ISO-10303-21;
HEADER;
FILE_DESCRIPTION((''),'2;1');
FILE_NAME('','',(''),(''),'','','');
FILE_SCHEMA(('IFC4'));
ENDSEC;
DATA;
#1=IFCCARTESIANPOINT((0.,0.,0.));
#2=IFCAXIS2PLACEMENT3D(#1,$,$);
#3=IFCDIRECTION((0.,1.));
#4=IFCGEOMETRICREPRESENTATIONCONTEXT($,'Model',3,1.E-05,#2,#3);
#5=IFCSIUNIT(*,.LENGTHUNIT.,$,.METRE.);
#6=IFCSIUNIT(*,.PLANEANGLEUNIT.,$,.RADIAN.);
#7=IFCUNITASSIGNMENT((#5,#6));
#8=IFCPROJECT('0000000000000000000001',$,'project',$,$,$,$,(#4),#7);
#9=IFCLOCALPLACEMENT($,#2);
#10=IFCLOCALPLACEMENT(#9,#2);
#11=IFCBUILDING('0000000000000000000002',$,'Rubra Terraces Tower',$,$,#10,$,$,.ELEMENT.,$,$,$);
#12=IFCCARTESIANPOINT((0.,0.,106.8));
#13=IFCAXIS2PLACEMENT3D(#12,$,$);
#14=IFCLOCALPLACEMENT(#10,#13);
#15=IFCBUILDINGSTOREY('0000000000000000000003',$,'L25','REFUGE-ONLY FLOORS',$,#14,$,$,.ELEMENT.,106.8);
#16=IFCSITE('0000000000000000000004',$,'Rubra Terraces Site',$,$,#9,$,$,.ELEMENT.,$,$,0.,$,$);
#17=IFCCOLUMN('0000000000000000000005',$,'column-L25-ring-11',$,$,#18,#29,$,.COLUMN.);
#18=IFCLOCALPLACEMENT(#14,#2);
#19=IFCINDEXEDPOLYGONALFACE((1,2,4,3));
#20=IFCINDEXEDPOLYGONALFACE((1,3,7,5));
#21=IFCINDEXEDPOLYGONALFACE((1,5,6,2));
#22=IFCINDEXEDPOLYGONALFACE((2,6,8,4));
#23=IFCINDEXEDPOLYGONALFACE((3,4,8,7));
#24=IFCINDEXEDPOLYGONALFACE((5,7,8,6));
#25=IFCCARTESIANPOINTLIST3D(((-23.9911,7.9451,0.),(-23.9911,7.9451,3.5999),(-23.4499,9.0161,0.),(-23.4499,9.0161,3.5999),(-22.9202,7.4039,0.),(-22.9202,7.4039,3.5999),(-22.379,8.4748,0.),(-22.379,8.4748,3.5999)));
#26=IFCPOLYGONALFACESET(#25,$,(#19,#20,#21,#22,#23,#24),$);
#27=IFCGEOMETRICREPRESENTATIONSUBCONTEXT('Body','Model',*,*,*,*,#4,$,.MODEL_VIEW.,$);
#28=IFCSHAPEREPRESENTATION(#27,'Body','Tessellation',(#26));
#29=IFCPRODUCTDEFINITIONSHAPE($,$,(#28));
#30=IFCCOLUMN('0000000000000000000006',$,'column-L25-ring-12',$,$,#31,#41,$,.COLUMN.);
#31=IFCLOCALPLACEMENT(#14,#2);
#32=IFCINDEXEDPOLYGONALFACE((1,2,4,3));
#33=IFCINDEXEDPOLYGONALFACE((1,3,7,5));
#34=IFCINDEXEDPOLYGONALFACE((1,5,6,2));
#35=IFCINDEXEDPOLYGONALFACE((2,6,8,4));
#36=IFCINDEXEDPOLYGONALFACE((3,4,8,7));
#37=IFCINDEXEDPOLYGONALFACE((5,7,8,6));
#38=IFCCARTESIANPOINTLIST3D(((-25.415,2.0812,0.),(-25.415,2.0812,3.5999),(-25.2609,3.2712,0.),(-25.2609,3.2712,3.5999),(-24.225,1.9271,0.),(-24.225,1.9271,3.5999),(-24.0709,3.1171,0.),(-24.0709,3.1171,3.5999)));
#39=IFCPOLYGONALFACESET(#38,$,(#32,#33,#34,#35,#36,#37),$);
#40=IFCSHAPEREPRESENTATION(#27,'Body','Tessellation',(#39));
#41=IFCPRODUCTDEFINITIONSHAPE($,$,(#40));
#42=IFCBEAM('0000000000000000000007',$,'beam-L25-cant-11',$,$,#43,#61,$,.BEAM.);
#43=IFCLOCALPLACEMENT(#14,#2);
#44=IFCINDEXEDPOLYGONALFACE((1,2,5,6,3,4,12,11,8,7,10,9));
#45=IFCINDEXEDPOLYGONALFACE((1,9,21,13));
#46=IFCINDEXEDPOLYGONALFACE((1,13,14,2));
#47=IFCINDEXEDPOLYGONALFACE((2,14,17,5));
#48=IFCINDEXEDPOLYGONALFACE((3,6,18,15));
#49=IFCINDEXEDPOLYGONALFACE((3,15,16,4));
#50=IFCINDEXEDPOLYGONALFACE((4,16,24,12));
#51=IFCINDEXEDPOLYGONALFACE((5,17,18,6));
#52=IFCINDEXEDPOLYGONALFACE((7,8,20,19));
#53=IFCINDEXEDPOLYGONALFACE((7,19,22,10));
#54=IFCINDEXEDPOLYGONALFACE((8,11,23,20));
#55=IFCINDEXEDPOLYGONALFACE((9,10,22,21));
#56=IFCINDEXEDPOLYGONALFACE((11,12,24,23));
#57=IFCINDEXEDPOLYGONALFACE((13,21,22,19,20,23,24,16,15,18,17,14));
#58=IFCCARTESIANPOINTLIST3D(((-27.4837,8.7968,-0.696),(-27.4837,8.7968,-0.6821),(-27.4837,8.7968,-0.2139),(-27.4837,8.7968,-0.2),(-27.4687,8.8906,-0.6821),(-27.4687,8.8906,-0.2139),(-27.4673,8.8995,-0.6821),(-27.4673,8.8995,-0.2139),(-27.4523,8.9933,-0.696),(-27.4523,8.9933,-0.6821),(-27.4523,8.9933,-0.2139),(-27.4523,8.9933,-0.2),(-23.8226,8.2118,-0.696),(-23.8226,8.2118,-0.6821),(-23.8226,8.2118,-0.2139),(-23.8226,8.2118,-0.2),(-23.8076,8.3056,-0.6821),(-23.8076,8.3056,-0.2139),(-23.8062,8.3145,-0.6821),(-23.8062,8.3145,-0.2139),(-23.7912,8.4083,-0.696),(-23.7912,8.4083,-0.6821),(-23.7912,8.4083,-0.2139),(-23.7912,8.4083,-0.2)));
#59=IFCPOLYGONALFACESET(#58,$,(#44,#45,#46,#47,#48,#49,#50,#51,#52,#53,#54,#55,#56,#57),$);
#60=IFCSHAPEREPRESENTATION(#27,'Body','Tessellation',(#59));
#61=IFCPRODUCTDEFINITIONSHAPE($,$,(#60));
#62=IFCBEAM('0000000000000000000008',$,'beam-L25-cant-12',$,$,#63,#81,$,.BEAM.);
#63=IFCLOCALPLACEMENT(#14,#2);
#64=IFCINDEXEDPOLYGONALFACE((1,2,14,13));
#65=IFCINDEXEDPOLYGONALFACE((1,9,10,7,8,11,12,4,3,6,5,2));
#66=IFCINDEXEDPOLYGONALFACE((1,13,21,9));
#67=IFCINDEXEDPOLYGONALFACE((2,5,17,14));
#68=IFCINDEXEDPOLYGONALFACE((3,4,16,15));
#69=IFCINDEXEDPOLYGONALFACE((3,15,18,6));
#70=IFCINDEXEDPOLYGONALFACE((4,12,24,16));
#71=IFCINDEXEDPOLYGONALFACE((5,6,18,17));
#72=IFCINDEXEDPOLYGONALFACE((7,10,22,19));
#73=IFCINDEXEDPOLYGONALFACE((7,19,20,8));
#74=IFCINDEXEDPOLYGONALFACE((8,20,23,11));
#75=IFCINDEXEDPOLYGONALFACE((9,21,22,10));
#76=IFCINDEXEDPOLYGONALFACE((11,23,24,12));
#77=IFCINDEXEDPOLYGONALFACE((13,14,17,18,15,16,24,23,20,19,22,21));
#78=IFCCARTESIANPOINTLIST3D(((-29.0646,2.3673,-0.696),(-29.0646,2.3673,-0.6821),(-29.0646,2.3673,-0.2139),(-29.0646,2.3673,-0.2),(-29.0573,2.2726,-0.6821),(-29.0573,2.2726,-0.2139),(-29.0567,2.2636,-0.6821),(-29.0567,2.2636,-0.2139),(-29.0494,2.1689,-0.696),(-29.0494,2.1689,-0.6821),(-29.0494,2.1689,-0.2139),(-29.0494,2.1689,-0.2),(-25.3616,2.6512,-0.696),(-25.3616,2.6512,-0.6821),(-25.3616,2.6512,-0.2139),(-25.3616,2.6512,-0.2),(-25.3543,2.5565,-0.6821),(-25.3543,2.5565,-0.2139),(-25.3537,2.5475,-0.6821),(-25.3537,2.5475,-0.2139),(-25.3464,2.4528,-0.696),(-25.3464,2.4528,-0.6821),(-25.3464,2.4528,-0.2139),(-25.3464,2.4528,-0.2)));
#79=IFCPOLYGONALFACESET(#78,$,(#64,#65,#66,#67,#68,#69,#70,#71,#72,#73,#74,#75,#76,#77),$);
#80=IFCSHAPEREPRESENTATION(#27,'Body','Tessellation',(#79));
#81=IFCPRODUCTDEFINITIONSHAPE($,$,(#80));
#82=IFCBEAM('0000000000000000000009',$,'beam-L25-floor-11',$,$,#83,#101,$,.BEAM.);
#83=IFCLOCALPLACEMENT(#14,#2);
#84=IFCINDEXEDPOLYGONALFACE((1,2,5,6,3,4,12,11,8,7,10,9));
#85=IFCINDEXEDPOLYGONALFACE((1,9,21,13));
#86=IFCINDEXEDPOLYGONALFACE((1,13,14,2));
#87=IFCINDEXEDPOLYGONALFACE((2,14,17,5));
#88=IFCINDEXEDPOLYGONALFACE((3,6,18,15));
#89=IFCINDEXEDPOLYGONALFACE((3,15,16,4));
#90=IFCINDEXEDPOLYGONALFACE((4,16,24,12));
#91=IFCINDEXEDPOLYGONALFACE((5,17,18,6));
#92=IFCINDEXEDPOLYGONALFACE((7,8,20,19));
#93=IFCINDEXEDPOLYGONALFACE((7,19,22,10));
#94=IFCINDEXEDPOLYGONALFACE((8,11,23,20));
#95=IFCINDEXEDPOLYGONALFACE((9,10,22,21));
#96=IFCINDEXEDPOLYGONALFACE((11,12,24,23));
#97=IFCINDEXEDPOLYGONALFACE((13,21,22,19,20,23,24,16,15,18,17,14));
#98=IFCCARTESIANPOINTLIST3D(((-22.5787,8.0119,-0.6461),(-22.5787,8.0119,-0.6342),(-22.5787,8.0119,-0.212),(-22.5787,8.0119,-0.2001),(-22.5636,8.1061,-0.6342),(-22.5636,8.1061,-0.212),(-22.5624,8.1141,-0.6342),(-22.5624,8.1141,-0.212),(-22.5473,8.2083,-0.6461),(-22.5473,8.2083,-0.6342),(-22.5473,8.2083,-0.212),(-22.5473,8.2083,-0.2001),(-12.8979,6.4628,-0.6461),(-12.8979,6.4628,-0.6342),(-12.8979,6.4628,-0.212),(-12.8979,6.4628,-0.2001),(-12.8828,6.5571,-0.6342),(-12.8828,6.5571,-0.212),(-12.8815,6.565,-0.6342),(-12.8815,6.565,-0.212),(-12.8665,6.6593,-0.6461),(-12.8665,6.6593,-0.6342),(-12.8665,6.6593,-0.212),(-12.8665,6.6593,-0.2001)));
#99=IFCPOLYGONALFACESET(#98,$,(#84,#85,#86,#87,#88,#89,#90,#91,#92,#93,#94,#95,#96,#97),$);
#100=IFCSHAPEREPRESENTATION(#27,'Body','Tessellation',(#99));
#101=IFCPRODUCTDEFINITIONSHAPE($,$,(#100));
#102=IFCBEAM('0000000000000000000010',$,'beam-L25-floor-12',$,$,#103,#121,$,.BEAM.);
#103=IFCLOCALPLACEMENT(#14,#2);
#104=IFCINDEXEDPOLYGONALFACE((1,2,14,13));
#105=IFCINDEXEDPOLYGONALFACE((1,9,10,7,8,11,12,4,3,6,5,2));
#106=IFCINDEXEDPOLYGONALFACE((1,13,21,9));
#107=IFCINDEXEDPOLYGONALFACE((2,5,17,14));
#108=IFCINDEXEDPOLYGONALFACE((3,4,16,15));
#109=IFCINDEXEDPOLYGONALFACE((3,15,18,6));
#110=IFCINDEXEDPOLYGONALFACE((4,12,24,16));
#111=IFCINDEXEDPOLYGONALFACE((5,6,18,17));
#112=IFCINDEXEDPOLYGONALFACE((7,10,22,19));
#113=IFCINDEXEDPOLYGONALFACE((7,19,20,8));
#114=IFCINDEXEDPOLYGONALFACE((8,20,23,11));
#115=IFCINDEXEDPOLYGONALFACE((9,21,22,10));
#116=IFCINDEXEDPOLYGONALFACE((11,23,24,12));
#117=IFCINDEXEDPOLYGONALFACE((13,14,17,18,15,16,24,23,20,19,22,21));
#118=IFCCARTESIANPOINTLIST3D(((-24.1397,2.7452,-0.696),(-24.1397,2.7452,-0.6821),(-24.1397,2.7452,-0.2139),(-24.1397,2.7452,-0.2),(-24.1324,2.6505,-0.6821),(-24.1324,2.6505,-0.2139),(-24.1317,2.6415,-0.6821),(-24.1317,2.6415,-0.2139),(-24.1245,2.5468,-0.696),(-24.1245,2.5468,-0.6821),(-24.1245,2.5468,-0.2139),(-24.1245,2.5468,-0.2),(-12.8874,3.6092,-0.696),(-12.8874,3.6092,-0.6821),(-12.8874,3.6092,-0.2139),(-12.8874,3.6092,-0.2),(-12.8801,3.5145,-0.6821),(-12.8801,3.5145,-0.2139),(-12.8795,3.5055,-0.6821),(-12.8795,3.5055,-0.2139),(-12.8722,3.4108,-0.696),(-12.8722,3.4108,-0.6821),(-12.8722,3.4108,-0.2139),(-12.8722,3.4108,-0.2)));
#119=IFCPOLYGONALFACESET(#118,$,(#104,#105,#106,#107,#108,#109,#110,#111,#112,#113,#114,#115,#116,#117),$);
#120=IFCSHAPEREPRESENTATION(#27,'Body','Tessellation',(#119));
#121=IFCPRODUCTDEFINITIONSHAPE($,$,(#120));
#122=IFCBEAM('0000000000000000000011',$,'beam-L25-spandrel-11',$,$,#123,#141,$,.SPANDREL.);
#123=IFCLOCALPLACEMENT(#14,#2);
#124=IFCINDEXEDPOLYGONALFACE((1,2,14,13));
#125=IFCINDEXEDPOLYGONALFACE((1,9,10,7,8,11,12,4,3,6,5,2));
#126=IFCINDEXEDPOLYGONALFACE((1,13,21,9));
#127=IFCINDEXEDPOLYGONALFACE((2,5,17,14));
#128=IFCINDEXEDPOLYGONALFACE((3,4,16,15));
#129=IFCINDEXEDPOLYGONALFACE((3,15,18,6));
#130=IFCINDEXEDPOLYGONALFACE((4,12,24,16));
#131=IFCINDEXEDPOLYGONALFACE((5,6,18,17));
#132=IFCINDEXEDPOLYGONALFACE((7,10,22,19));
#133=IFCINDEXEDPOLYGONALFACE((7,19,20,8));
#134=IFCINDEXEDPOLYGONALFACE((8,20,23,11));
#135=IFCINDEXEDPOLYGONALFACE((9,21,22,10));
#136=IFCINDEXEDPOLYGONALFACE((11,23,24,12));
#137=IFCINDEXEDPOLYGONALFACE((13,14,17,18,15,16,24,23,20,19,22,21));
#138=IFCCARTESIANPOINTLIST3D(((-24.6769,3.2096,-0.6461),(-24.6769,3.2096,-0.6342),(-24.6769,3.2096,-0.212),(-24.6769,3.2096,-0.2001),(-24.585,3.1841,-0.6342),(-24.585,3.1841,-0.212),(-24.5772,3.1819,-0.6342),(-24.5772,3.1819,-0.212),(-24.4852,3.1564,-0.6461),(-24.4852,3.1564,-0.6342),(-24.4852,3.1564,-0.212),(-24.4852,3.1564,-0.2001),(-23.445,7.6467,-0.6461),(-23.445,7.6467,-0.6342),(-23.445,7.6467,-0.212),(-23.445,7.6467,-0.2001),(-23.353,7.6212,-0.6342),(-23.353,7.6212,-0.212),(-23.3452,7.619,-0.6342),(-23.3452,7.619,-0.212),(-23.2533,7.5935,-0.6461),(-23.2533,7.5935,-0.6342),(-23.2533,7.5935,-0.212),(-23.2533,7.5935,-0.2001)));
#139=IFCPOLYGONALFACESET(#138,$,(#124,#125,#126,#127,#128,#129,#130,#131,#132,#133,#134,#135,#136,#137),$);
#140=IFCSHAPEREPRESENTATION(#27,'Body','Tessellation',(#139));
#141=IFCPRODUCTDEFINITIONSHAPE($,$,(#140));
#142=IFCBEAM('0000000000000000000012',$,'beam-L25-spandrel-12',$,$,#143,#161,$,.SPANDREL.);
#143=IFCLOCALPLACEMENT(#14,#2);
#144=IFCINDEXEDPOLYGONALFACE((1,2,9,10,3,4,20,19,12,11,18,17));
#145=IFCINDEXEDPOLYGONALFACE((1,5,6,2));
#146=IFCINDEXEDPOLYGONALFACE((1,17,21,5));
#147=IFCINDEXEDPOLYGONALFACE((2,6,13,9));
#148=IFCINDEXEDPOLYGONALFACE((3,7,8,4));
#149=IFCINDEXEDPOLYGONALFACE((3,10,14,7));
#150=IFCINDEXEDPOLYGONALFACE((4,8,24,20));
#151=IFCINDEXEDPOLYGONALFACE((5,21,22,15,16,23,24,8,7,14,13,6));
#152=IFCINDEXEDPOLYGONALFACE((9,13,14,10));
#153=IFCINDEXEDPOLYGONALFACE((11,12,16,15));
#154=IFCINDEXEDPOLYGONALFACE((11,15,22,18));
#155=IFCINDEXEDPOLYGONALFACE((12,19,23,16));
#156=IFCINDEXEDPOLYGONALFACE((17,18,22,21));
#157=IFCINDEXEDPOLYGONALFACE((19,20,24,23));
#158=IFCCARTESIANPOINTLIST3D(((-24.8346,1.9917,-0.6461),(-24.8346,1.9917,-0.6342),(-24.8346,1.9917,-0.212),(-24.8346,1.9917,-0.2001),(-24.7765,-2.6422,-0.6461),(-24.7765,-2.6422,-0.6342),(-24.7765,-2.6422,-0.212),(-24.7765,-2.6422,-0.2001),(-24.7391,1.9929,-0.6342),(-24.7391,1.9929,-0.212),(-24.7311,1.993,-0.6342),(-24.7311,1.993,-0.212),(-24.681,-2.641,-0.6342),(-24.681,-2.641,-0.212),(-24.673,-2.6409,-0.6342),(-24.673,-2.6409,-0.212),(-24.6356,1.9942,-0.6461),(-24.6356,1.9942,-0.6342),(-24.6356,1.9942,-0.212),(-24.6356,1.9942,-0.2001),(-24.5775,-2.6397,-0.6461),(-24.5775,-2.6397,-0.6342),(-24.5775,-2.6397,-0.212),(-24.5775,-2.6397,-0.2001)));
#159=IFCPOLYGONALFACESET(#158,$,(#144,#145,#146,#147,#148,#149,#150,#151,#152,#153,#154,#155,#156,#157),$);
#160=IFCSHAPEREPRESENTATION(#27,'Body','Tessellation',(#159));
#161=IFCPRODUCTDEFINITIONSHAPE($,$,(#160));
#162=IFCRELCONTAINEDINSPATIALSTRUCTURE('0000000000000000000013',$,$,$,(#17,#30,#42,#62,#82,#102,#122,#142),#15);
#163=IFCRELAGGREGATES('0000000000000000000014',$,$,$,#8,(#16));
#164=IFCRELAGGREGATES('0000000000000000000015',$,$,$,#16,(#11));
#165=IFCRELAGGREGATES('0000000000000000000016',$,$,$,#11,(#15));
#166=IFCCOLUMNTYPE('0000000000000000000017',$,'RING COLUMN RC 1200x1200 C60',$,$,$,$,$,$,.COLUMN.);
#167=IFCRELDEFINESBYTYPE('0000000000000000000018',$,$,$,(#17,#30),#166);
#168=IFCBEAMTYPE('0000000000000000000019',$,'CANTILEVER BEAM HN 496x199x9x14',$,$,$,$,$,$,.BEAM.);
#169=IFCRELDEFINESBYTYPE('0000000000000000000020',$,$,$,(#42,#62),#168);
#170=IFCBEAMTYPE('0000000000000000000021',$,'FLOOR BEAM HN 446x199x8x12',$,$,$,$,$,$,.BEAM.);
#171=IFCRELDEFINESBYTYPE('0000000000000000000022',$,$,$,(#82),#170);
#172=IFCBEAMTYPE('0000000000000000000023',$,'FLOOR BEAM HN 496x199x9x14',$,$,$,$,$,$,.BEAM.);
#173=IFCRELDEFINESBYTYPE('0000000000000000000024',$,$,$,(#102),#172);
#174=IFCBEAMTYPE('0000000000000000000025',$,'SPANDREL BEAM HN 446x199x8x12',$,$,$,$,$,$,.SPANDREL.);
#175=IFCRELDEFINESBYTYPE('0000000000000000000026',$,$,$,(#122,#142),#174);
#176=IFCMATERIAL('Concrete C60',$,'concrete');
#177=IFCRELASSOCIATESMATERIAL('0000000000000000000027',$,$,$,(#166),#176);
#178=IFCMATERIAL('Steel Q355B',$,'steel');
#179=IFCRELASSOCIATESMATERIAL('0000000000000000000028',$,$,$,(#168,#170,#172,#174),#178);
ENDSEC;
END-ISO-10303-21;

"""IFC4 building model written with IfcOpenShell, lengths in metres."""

from ifc_helpers import new_model, si_unit, direction, frame, origin, origin_2d, place, context, subcontext, project, spatial, rectangle, i_section, extrude, material, material_profile, profile_set, type_object, element, save


model = new_model("IFC4")

# Units and contexts
model_context = context("Model", 3, precision=1e-05, world=origin(), true_north=direction((0.0, 1.0)))
body_context = subcontext(model_context, "Body", "Model", "MODEL_VIEW")
ifc_project = project(units=[si_unit("LENGTHUNIT", "METRE"), si_unit("PLANEANGLEUNIT", "RADIAN")], contexts=[model_context])

# Site, building, storey
site_placement = place(None, origin())
site = spatial("IfcSite", under=ifc_project, at=site_placement, Name="Rubra Terraces Site", CompositionType="ELEMENT", RefElevation=0.0)
building_placement = place(site_placement, origin())
building = spatial("IfcBuilding", under=site, at=building_placement, Name="Rubra Terraces Tower", CompositionType="ELEMENT")
storey_placement = place(building_placement, frame((0.0, 0.0, 106.8)))
storey = spatial("IfcBuildingStorey", under=building, at=storey_placement, Name="L25", Description="REFUGE-ONLY FLOORS", CompositionType="ELEMENT", Elevation=106.8)

# Columns
ifc_material_1 = material(Name="Concrete C60", Category="concrete")
ifc_material_profile_1 = material_profile(ifc_material_1, rectangle(XDim=1.2, YDim=1.2, at=origin_2d()), Name="RC 1200x1200")
ifc_profile_set_1 = profile_set([ifc_material_profile_1], Name="Concrete C60")
column_type = type_object("IfcColumnType", Name="RING COLUMN RC 1200x1200 C60", PredefinedType="COLUMN", material=ifc_profile_set_1)
for number, where, z_axis, x_axis, name in (
    (1, (-23.1851, 8.21, 0.0), (0.0, 0.0, 1.0), (-0.451028, -0.89251, 0.0), "column-L25-ring-11"),
    (2, (-24.7429, 2.5991, 0.0), (0.0, 0.0, 1.0), (-0.128444, -0.991717, 0.0), "column-L25-ring-12"),
):
    element("IfcColumn", number, at=place(storey_placement, frame(where, z_axis=z_axis, x_axis=x_axis)), inside=storey, type_object=column_type, Name=name, PredefinedType="COLUMN", context=body_context, shape_type="SweptSolid", body=[
        extrude(rectangle(XDim=1.2, YDim=1.2, at=origin_2d()), origin(), (0.0, 0.0, 1.0), 3.5999),
    ])

# Beams
ifc_material_2 = material(Name="Steel Q355B", Category="steel")
ifc_material_profile_2 = material_profile(ifc_material_2, i_section(OverallWidth=0.199, OverallDepth=0.4961, WebThickness=0.009, FlangeThickness=0.0139, at=origin_2d()), Name="HN 496x199x9x14")
ifc_profile_set_2 = profile_set([ifc_material_profile_2], Name="Steel Q355B")
beam_type_1 = type_object("IfcBeamType", Name="CANTILEVER BEAM HN 496x199x9x14", PredefinedType="BEAM", material=ifc_profile_set_2)
beam_1_placement = place(storey_placement, frame((-23.8069, 8.3101, -0.448), z_axis=(-0.987475, 0.157775, 0.0), x_axis=(-0.157775, -0.987475, 0.0)))
element("IfcBeam", 3, at=beam_1_placement, inside=storey, type_object=beam_type_1, Name="beam-L25-cant-11", PredefinedType="BEAM", context=body_context, shape_type="SweptSolid", body=[
    extrude(i_section(OverallWidth=0.199, OverallDepth=0.4961, WebThickness=0.009, FlangeThickness=0.0139, at=origin_2d()), origin(), (0.0, 0.0, 1.0), 3.7075),
])
beam_2_placement = place(storey_placement, frame((-25.354, 2.552, -0.448), z_axis=(-0.997073, -0.076455, 0.0), x_axis=(0.076455, -0.997073, 0.0)))
element("IfcBeam", 4, at=beam_2_placement, inside=storey, type_object=beam_type_1, Name="beam-L25-cant-12", PredefinedType="BEAM", context=body_context, shape_type="SweptSolid", body=[
    extrude(i_section(OverallWidth=0.199, OverallDepth=0.4961, WebThickness=0.009, FlangeThickness=0.0139, at=origin_2d()), origin(), (0.0, 0.0, 1.0), 3.7139),
])
ifc_material_profile_3 = material_profile(ifc_material_2, i_section(OverallWidth=0.199, OverallDepth=0.446, WebThickness=0.0081, FlangeThickness=0.012, at=origin_2d()), Name="HN 446x199x8x12")
ifc_profile_set_3 = profile_set([ifc_material_profile_3], Name="Steel Q355B")
beam_type_2 = type_object("IfcBeamType", Name="FLOOR BEAM HN 446x199x8x12", PredefinedType="BEAM", material=ifc_profile_set_3)
beam_3_placement = place(storey_placement, frame((-22.563, 8.1101, -0.4231), z_axis=(0.987439, -0.158003, 0.0), x_axis=(0.158003, 0.987439, 0.0)))
element("IfcBeam", 5, at=beam_3_placement, inside=storey, type_object=beam_type_2, Name="beam-L25-floor-11", PredefinedType="BEAM", context=body_context, shape_type="SweptSolid", body=[
    extrude(i_section(OverallWidth=0.199, OverallDepth=0.446, WebThickness=0.0081, FlangeThickness=0.012, at=origin_2d()), origin(), (0.0, 0.0, 1.0), 9.804),
])
ifc_material_profile_4 = material_profile(ifc_material_2, i_section(OverallWidth=0.199, OverallDepth=0.4961, WebThickness=0.009, FlangeThickness=0.0139, at=origin_2d()), Name="HN 496x199x9x14")
ifc_profile_set_4 = profile_set([ifc_material_profile_4], Name="Steel Q355B")
beam_type_3 = type_object("IfcBeamType", Name="FLOOR BEAM HN 496x199x9x14", PredefinedType="BEAM", material=ifc_profile_set_4)
beam_4_placement = place(storey_placement, frame((-24.1321, 2.646, -0.448), z_axis=(0.997065, 0.076561, 0.0), x_axis=(-0.076561, 0.997065, 0.0)))
element("IfcBeam", 6, at=beam_4_placement, inside=storey, type_object=beam_type_3, Name="beam-L25-floor-12", PredefinedType="BEAM", context=body_context, shape_type="SweptSolid", body=[
    extrude(i_section(OverallWidth=0.199, OverallDepth=0.4961, WebThickness=0.009, FlangeThickness=0.0139, at=origin_2d()), origin(), (0.0, 0.0, 1.0), 11.2854),
])
ifc_material_profile_5 = material_profile(ifc_material_2, i_section(OverallWidth=0.199, OverallDepth=0.446, WebThickness=0.0081, FlangeThickness=0.012, at=origin_2d()), Name="HN 446x199x8x12")
ifc_profile_set_5 = profile_set([ifc_material_profile_5], Name="Steel Q355B")
beam_type_4 = type_object("IfcBeamType", Name="SPANDREL BEAM HN 446x199x8x12", PredefinedType="SPANDREL", material=ifc_profile_set_5)
beam_5_placement = place(storey_placement, frame((-23.3491, 7.6201, -0.4231), z_axis=(-0.267529, -0.96355, 0.0), x_axis=(0.96355, -0.267529, 0.0)))
element("IfcBeam", 7, at=beam_5_placement, inside=storey, type_object=beam_type_4, Name="beam-L25-spandrel-11", PredefinedType="SPANDREL", context=body_context, shape_type="SweptSolid", body=[
    extrude(i_section(OverallWidth=0.199, OverallDepth=0.446, WebThickness=0.0081, FlangeThickness=0.012, at=origin_2d()), origin(), (0.0, 0.0, 1.0), 4.605),
])
beam_6_placement = place(storey_placement, frame((-24.7351, 1.9929, -0.4231), z_axis=(0.012538, -0.999921, 0.0), x_axis=(0.999921, 0.012538, 0.0)))
element("IfcBeam", 8, at=beam_6_placement, inside=storey, type_object=beam_type_4, Name="beam-L25-spandrel-12", PredefinedType="SPANDREL", context=body_context, shape_type="SweptSolid", body=[
    extrude(i_section(OverallWidth=0.199, OverallDepth=0.446, WebThickness=0.0081, FlangeThickness=0.012, at=origin_2d()), origin(), (0.0, 0.0, 1.0), 4.6343),
])

save(model, "model.ifc")
